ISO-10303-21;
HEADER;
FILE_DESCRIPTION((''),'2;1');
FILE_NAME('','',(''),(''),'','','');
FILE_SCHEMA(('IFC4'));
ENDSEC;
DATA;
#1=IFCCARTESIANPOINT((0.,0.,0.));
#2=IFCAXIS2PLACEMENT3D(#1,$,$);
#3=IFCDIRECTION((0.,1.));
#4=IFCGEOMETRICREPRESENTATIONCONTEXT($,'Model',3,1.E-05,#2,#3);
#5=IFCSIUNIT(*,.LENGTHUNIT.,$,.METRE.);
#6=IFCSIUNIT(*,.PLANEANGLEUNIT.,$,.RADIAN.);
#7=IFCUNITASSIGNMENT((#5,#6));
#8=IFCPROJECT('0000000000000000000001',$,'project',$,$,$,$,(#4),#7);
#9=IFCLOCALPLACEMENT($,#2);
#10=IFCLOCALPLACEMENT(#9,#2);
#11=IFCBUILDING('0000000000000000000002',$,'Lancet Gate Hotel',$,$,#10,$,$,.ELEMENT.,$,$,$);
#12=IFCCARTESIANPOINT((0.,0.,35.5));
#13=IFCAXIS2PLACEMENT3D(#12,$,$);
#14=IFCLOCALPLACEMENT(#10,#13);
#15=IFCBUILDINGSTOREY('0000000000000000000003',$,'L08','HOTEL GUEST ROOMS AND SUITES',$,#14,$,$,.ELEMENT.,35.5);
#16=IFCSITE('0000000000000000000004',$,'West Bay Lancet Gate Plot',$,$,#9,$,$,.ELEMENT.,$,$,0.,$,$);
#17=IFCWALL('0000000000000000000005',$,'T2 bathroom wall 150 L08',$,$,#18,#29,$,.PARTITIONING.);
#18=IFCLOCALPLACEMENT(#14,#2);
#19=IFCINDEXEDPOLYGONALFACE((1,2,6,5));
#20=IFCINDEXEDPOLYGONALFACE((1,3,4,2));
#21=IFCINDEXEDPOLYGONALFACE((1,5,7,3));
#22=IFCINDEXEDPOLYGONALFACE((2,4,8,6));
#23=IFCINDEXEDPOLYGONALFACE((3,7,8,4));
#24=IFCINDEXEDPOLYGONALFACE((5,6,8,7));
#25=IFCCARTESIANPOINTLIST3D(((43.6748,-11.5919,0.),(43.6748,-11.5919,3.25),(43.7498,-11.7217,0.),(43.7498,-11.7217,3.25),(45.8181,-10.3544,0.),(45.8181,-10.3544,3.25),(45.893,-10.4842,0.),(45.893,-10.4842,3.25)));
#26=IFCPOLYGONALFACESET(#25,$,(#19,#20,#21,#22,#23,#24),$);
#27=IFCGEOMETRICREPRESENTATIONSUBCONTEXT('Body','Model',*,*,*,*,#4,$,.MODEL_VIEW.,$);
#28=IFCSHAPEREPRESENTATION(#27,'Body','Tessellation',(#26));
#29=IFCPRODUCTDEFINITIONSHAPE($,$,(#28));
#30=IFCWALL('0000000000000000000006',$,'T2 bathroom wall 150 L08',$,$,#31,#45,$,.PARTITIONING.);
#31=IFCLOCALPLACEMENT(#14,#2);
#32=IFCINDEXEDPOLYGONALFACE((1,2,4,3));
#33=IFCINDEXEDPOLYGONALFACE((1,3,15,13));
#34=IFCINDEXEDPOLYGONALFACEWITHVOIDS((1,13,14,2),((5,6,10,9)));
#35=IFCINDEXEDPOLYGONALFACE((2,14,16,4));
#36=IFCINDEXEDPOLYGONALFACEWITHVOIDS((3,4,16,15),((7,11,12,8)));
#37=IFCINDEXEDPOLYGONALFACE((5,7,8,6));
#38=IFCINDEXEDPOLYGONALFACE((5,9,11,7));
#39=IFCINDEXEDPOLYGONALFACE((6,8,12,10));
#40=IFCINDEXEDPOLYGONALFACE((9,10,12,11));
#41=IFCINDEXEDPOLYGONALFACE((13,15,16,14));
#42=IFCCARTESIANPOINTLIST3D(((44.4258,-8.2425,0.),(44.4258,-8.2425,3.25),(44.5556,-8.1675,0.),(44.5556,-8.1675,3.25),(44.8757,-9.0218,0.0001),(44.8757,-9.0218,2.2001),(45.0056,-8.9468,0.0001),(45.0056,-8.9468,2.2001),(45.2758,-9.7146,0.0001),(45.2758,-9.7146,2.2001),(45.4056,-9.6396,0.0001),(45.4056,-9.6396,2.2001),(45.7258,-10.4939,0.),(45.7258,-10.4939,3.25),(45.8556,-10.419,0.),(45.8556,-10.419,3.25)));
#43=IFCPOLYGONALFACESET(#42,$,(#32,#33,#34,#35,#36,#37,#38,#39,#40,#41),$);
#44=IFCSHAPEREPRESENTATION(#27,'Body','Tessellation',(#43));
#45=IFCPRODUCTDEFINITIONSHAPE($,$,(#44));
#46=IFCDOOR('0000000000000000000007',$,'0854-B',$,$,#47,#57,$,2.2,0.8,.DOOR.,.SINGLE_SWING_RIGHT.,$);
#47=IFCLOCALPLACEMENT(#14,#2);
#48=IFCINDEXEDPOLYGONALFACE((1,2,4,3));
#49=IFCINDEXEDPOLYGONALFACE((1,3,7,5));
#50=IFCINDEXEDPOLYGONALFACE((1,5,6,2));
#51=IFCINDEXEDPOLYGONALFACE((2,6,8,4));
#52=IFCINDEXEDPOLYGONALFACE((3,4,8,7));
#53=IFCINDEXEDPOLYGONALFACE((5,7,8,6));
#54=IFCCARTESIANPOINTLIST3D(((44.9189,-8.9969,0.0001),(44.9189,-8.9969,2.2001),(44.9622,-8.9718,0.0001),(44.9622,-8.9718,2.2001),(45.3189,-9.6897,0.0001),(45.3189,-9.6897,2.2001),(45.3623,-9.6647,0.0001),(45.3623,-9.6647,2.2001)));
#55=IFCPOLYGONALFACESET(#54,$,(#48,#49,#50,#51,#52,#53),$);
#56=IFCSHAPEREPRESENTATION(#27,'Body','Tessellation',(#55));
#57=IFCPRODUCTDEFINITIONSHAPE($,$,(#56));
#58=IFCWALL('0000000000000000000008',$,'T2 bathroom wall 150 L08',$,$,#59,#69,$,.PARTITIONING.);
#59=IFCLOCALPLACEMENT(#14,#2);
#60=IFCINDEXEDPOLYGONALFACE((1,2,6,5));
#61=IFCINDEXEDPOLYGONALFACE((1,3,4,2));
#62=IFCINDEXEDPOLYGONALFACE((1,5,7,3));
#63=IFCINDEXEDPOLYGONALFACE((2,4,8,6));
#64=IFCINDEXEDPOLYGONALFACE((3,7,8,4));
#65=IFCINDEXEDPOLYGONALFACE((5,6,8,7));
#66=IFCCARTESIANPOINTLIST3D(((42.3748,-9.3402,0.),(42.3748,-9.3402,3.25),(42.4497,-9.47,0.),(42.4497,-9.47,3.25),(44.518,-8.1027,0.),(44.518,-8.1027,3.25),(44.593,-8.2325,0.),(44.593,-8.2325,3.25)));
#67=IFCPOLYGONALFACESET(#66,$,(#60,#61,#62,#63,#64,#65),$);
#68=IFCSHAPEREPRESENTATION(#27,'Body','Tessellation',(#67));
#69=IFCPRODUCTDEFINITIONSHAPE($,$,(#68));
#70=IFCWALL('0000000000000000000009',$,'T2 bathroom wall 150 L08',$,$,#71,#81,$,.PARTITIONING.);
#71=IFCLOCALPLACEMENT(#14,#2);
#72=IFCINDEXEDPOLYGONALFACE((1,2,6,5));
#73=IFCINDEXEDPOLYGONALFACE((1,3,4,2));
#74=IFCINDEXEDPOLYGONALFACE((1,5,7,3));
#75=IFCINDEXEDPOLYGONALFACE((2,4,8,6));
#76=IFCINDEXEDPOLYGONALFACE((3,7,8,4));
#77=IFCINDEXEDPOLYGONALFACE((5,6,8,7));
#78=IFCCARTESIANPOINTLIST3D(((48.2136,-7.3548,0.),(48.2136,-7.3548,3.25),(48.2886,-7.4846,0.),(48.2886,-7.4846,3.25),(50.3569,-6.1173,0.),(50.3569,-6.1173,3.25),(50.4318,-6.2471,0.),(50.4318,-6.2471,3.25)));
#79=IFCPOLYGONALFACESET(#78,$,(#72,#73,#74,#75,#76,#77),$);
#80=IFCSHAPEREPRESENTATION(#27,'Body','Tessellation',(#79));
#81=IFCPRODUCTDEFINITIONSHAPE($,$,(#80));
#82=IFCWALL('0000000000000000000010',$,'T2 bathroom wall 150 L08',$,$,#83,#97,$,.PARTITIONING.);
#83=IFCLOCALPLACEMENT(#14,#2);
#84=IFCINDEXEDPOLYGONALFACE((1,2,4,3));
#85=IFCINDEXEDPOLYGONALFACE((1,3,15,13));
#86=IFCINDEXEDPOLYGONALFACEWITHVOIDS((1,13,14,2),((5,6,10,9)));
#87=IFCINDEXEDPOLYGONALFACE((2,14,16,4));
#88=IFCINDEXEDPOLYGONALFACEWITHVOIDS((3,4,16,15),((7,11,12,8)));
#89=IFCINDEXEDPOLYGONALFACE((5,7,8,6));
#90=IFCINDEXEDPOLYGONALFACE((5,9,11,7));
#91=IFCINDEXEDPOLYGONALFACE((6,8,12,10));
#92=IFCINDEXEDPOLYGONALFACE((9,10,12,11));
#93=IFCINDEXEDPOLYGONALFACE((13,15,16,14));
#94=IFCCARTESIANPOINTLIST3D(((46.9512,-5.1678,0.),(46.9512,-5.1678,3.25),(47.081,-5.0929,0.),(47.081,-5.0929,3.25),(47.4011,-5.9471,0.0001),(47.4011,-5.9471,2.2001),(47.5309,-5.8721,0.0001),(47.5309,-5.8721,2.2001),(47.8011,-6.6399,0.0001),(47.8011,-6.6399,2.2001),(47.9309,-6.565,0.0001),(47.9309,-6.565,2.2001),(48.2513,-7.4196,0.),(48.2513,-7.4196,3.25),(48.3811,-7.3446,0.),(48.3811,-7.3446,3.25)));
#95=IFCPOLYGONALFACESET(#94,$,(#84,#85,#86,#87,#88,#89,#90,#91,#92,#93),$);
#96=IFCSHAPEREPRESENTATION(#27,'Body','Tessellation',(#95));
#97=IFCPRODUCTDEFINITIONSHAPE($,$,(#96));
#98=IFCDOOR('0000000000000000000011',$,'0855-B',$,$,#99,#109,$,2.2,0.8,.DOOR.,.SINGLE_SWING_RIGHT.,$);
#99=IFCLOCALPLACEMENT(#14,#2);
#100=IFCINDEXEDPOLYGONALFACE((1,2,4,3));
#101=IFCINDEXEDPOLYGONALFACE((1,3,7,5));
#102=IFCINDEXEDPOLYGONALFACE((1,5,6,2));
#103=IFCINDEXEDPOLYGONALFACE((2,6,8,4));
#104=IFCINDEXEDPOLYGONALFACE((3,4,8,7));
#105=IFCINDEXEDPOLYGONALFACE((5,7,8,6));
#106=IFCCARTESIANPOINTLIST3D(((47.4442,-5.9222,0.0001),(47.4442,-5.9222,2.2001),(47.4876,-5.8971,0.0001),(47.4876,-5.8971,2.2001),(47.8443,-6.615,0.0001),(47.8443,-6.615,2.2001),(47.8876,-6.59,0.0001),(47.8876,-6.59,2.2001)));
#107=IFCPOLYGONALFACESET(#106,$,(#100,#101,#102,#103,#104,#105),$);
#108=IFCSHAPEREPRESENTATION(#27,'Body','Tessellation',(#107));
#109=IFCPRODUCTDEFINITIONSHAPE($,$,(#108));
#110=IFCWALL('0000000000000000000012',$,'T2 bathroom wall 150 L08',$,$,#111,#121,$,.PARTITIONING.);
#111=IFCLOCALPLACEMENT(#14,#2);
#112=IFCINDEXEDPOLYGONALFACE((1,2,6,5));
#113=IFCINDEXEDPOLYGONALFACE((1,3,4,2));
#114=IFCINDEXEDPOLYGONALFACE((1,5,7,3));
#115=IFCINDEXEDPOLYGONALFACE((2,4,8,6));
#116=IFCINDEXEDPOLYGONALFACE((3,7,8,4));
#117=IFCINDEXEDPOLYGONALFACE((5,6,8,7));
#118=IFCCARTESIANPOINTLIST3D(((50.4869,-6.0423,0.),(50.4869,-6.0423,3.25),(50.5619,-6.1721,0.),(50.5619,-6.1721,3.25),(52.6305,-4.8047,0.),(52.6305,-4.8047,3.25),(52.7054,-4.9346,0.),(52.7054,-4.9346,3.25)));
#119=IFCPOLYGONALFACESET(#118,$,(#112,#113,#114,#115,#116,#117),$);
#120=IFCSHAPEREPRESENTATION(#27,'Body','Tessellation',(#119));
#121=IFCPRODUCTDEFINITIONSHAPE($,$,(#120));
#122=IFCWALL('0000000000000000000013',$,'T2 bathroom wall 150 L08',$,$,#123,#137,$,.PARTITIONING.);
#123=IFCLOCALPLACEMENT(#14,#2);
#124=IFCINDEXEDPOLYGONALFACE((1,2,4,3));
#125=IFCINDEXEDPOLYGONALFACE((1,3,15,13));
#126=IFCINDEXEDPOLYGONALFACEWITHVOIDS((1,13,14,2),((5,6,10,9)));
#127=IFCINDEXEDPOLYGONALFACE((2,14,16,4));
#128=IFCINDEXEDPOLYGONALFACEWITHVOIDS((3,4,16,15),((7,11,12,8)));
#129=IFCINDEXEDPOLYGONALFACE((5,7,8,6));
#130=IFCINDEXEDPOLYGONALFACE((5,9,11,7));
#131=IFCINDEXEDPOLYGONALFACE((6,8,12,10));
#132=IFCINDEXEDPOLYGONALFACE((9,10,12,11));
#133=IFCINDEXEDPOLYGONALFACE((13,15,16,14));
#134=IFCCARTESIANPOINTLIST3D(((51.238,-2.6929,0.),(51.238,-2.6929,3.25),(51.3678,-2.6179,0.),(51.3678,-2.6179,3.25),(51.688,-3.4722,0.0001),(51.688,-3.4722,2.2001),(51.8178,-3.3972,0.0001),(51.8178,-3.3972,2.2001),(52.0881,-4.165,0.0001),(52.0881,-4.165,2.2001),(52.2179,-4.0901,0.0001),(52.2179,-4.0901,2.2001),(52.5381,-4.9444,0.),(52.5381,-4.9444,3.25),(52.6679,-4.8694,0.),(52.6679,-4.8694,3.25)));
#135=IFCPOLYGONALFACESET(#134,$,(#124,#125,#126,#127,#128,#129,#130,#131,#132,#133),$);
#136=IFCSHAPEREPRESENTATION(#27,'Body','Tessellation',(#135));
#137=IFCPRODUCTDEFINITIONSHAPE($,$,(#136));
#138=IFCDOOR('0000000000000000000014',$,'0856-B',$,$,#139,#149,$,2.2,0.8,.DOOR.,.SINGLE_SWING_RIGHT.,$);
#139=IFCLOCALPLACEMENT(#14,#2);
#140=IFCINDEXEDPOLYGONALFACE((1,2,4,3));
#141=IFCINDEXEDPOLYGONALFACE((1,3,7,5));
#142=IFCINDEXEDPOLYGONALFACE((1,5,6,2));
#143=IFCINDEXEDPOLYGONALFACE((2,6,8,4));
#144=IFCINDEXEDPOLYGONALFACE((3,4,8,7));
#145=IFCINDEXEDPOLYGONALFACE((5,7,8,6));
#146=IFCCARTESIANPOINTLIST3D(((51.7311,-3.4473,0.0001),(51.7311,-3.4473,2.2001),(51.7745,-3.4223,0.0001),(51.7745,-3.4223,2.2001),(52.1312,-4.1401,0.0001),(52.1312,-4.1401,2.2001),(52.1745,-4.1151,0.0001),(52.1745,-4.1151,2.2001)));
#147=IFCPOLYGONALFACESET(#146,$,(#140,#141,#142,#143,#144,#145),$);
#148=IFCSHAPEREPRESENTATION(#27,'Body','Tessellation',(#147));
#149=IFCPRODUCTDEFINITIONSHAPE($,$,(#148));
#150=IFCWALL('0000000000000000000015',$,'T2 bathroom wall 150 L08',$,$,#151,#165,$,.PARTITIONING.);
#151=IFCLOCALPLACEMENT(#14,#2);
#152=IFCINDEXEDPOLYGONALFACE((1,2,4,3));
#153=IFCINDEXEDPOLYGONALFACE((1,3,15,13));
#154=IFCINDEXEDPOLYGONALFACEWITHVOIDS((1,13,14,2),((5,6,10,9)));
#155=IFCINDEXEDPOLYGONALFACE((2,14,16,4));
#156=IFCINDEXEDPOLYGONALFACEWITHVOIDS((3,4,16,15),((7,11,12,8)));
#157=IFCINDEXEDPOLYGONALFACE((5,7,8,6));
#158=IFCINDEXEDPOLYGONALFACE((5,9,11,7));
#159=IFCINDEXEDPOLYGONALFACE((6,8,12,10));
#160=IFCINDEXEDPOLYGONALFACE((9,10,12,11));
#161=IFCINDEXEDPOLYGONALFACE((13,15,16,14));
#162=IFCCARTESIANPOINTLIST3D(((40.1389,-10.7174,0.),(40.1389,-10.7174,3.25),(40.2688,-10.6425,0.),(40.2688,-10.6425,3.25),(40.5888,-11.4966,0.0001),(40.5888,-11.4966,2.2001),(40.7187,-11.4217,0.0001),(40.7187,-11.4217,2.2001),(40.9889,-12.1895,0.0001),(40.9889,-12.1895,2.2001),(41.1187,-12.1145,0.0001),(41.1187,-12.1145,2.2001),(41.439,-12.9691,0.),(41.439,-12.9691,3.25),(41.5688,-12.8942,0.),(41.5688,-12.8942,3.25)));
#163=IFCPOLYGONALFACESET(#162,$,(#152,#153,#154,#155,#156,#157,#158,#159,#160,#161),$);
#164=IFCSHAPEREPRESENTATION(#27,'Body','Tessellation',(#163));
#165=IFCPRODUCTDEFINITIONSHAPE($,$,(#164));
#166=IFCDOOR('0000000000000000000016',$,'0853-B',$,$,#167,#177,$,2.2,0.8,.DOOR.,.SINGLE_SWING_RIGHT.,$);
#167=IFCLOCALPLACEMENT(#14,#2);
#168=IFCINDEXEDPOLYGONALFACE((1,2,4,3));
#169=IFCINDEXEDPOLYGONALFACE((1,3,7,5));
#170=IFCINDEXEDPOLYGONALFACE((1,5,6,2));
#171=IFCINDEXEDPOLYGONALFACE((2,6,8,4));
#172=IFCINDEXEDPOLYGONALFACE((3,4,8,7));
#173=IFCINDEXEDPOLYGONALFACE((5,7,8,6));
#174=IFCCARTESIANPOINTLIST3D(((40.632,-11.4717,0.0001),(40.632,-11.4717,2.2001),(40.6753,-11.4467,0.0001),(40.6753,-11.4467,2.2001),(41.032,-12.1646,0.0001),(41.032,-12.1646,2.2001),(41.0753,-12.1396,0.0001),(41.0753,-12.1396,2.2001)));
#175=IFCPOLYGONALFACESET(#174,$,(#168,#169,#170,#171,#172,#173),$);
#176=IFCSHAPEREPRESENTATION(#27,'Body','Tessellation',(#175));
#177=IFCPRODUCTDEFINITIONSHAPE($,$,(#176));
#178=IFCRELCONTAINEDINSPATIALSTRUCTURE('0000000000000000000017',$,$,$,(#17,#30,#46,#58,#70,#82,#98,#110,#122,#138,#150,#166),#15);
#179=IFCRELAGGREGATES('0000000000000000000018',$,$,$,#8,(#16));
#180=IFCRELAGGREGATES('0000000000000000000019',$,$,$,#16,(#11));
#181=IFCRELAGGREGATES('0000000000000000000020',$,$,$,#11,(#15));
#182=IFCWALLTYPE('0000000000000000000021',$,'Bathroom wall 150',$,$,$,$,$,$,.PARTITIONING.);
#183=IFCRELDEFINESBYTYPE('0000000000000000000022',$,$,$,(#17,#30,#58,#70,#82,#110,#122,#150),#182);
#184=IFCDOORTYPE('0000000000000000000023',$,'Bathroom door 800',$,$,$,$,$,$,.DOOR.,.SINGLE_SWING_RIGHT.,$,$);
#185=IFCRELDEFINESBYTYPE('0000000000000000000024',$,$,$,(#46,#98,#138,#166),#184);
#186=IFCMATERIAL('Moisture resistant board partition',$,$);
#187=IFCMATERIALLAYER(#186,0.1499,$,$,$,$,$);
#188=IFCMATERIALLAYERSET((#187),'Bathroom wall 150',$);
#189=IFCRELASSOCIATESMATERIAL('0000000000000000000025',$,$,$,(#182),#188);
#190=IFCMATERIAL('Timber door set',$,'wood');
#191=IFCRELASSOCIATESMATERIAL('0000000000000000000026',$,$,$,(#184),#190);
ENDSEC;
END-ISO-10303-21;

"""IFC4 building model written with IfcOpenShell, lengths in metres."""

from ifc_helpers import new_model, si_unit, direction, frame, frame_2d, origin, place, context, subcontext, project, spatial, rectangle, extrude, material, layer, layer_set, type_object, element, fill, save


model = new_model("IFC4")

# Units and contexts
model_context = context("Model", 3, precision=1e-05, world=origin(), true_north=direction((0.0, 1.0)))
body_context = subcontext(model_context, "Body", "Model", "MODEL_VIEW")
ifc_project = project(units=[si_unit("LENGTHUNIT", "METRE"), si_unit("PLANEANGLEUNIT", "RADIAN")], contexts=[model_context])

# Site, building, storey
site_placement = place(None, origin())
site = spatial("IfcSite", under=ifc_project, at=site_placement, Name="West Bay Lancet Gate Plot", CompositionType="ELEMENT", RefElevation=0.0)
building_placement = place(site_placement, origin())
building = spatial("IfcBuilding", under=site, at=building_placement, Name="Lancet Gate Hotel", CompositionType="ELEMENT")
storey_placement = place(building_placement, frame((0.0, 0.0, 35.5)))
storey = spatial("IfcBuildingStorey", under=building, at=storey_placement, Name="L08", Description="HOTEL GUEST ROOMS AND SUITES", CompositionType="ELEMENT", Elevation=35.5)

# Wall
ifc_material_1 = material(Name="Moisture resistant board partition")
ifc_layer_1 = layer(ifc_material_1, 0.1499)
ifc_layer_set_1 = layer_set([ifc_layer_1], Name="Bathroom wall 150")
wall_type_1 = type_object("IfcWallType", Name="Bathroom wall 150", PredefinedType="PARTITIONING", material=ifc_layer_set_1)
wall_1_placement = place(storey_placement, frame((43.7124, -11.6567, 0.0), z_axis=(0.0, 0.0, 1.0), x_axis=(0.866007, 0.500033, 0.0)))
element("IfcWall", 1, at=wall_1_placement, inside=storey, type_object=wall_type_1, Name="T2 bathroom wall 150 L08", PredefinedType="PARTITIONING", context=body_context, shape_type="SweptSolid", body=[
    extrude(rectangle(XDim=2.4749, YDim=0.1499, at=frame_2d((1.2373, 0.0))), origin(), (0.0, 0.0, 1.0), 3.25),
])

# Wall, opening, door
wall_2_placement = place(storey_placement, frame((44.4907, -8.2051, 0.0), z_axis=(0.0, 0.0, 1.0), x_axis=(0.500048, -0.865998, 0.0)))
wall_2 = element("IfcWall", 2, at=wall_2_placement, inside=storey, type_object=wall_type_1, Name="T2 bathroom wall 150 L08", PredefinedType="PARTITIONING", context=body_context, shape_type="SweptSolid", body=[
    extrude(rectangle(XDim=2.5999, YDim=0.1499, at=frame_2d((1.2998, 0.0))), origin(), (0.0, 0.0, 1.0), 3.25),
])
opening_1_placement = place(wall_2_placement, frame((0.8999, 0.0, 0.0)))
opening_1 = element("IfcOpeningElement", 3, at=opening_1_placement, cuts=wall_2, PredefinedType="OPENING", context=body_context, shape_type="SweptSolid", body=[
    extrude(rectangle(XDim=0.8, YDim=2.2, at=frame_2d((0.3999, 1.1001))), frame((0.0, 0.085, 0.0), z_axis=(0.0, -1.0, 0.0), x_axis=(1.0, 0.0, 0.0)), (0.0, 0.0, 1.0), 0.1699),
])
ifc_material_2 = material(Name="Timber door set", Category="wood")
door_type_1 = type_object("IfcDoorType", Name="Bathroom door 800", OperationType="SINGLE_SWING_RIGHT", PredefinedType="DOOR", material=ifc_material_2)
door_1_placement = place(opening_1_placement, origin())
door_1 = element("IfcDoor", 4, at=door_1_placement, inside=storey, type_object=door_type_1, Name="0854-B", OperationType="SINGLE_SWING_RIGHT", OverallHeight=2.2, OverallWidth=0.8, PredefinedType="DOOR", context=body_context, shape_type="SweptSolid", body=[
    extrude(rectangle(XDim=0.8, YDim=2.2, at=frame_2d((0.3999, 1.1001))), frame((0.0, 0.0249, 0.0), z_axis=(0.0, -1.0, 0.0), x_axis=(1.0, 0.0, 0.0)), (0.0, 0.0, 1.0), 0.05),
])
fill(opening_1, door_1)

# Walls
for number, where, z_axis, x_axis, name in (
    (5, (42.4124, -9.405, 0.0), (0.0, 0.0, 1.0), (0.866007, 0.500033, 0.0), "T2 bathroom wall 150 L08"),
    (6, (48.2512, -7.4197, 0.0), (0.0, 0.0, 1.0), (0.866007, 0.500033, 0.0), "T2 bathroom wall 150 L08"),
):
    element("IfcWall", number, at=place(storey_placement, frame(where, z_axis=z_axis, x_axis=x_axis)), inside=storey, type_object=wall_type_1, Name=name, PredefinedType="PARTITIONING", context=body_context, shape_type="SweptSolid", body=[
        extrude(rectangle(XDim=2.4749, YDim=0.1499, at=frame_2d((1.2373, 0.0))), origin(), (0.0, 0.0, 1.0), 3.25),
    ])

# Wall, opening, door
wall_3_placement = place(storey_placement, frame((47.0161, -5.1304, 0.0), z_axis=(0.0, 0.0, 1.0), x_axis=(0.500007, -0.866021, 0.0)))
wall_3 = element("IfcWall", 7, at=wall_3_placement, inside=storey, type_object=wall_type_1, Name="T2 bathroom wall 150 L08", PredefinedType="PARTITIONING", context=body_context, shape_type="SweptSolid", body=[
    extrude(rectangle(XDim=2.6001, YDim=0.1499, at=frame_2d((1.3, 0.0))), origin(), (0.0, 0.0, 1.0), 3.25),
])
opening_2_placement = place(wall_3_placement, frame((0.8999, 0.0, 0.0)))
opening_2 = element("IfcOpeningElement", 8, at=opening_2_placement, cuts=wall_3, PredefinedType="OPENING", context=body_context, shape_type="SweptSolid", body=[
    extrude(rectangle(XDim=0.8, YDim=2.2, at=frame_2d((0.3999, 1.1001))), frame((0.0, 0.085, 0.0), z_axis=(0.0, -1.0, 0.0), x_axis=(1.0, 0.0, 0.0)), (0.0, 0.0, 1.0), 0.1699),
])
door_2_placement = place(opening_2_placement, origin())
door_2 = element("IfcDoor", 9, at=door_2_placement, inside=storey, type_object=door_type_1, Name="0855-B", OperationType="SINGLE_SWING_RIGHT", OverallHeight=2.2, OverallWidth=0.8, PredefinedType="DOOR", context=body_context, shape_type="SweptSolid", body=[
    extrude(rectangle(XDim=0.8, YDim=2.2, at=frame_2d((0.3999, 1.1001))), frame((0.0, 0.0249, 0.0), z_axis=(0.0, -1.0, 0.0), x_axis=(1.0, 0.0, 0.0)), (0.0, 0.0, 1.0), 0.05),
])
fill(opening_2, door_2)

# Wall
wall_4_placement = place(storey_placement, frame((50.5244, -6.1072, 0.0), z_axis=(0.0, 0.0, 1.0), x_axis=(0.866031, 0.49999, 0.0)))
element("IfcWall", 10, at=wall_4_placement, inside=storey, type_object=wall_type_1, Name="T2 bathroom wall 150 L08", PredefinedType="PARTITIONING", context=body_context, shape_type="SweptSolid", body=[
    extrude(rectangle(XDim=2.4751, YDim=0.1499, at=frame_2d((1.2375, 0.0))), origin(), (0.0, 0.0, 1.0), 3.25),
])

# Walls, openings, doors
wall_5_placement = place(storey_placement, frame((51.303, -2.6555, 0.0), z_axis=(0.0, 0.0, 1.0), x_axis=(0.500048, -0.865998, 0.0)))
wall_5 = element("IfcWall", 11, at=wall_5_placement, inside=storey, type_object=wall_type_1, Name="T2 bathroom wall 150 L08", PredefinedType="PARTITIONING", context=body_context, shape_type="SweptSolid", body=[
    extrude(rectangle(XDim=2.5999, YDim=0.1499, at=frame_2d((1.2998, 0.0))), origin(), (0.0, 0.0, 1.0), 3.25),
])
opening_3_placement = place(wall_5_placement, frame((0.8999, 0.0, 0.0)))
opening_3 = element("IfcOpeningElement", 12, at=opening_3_placement, cuts=wall_5, PredefinedType="OPENING", context=body_context, shape_type="SweptSolid", body=[
    extrude(rectangle(XDim=0.8, YDim=2.2, at=frame_2d((0.3999, 1.1001))), frame((0.0, 0.085, 0.0), z_axis=(0.0, -1.0, 0.0), x_axis=(1.0, 0.0, 0.0)), (0.0, 0.0, 1.0), 0.1699),
])
door_3_placement = place(opening_3_placement, origin())
door_3 = element("IfcDoor", 13, at=door_3_placement, inside=storey, type_object=door_type_1, Name="0856-B", OperationType="SINGLE_SWING_RIGHT", OverallHeight=2.2, OverallWidth=0.8, PredefinedType="DOOR", context=body_context, shape_type="SweptSolid", body=[
    extrude(rectangle(XDim=0.8, YDim=2.2, at=frame_2d((0.3999, 1.1001))), frame((0.0, 0.0249, 0.0), z_axis=(0.0, -1.0, 0.0), x_axis=(1.0, 0.0, 0.0)), (0.0, 0.0, 1.0), 0.05),
])
fill(opening_3, door_3)
wall_6_placement = place(storey_placement, frame((40.2039, -10.6799, 0.0), z_axis=(0.0, 0.0, 1.0), x_axis=(0.500007, -0.866021, 0.0)))
wall_6 = element("IfcWall", 14, at=wall_6_placement, inside=storey, type_object=wall_type_1, Name="T2 bathroom wall 150 L08", PredefinedType="PARTITIONING", context=body_context, shape_type="SweptSolid", body=[
    extrude(rectangle(XDim=2.6001, YDim=0.1499, at=frame_2d((1.3, 0.0))), origin(), (0.0, 0.0, 1.0), 3.25),
])
opening_4_placement = place(wall_6_placement, frame((0.8999, 0.0, 0.0)))
opening_4 = element("IfcOpeningElement", 15, at=opening_4_placement, cuts=wall_6, PredefinedType="OPENING", context=body_context, shape_type="SweptSolid", body=[
    extrude(rectangle(XDim=0.8, YDim=2.2, at=frame_2d((0.3999, 1.1001))), frame((0.0, 0.085, 0.0), z_axis=(0.0, -1.0, 0.0), x_axis=(1.0, 0.0, 0.0)), (0.0, 0.0, 1.0), 0.1699),
])
door_4_placement = place(opening_4_placement, origin())
door_4 = element("IfcDoor", 16, at=door_4_placement, inside=storey, type_object=door_type_1, Name="0853-B", OperationType="SINGLE_SWING_RIGHT", OverallHeight=2.2, OverallWidth=0.8, PredefinedType="DOOR", context=body_context, shape_type="SweptSolid", body=[
    extrude(rectangle(XDim=0.8, YDim=2.2, at=frame_2d((0.3999, 1.1001))), frame((0.0, 0.0249, 0.0), z_axis=(0.0, -1.0, 0.0), x_axis=(1.0, 0.0, 0.0)), (0.0, 0.0, 1.0), 0.05),
])
fill(opening_4, door_4)

save(model, "model.ifc")
